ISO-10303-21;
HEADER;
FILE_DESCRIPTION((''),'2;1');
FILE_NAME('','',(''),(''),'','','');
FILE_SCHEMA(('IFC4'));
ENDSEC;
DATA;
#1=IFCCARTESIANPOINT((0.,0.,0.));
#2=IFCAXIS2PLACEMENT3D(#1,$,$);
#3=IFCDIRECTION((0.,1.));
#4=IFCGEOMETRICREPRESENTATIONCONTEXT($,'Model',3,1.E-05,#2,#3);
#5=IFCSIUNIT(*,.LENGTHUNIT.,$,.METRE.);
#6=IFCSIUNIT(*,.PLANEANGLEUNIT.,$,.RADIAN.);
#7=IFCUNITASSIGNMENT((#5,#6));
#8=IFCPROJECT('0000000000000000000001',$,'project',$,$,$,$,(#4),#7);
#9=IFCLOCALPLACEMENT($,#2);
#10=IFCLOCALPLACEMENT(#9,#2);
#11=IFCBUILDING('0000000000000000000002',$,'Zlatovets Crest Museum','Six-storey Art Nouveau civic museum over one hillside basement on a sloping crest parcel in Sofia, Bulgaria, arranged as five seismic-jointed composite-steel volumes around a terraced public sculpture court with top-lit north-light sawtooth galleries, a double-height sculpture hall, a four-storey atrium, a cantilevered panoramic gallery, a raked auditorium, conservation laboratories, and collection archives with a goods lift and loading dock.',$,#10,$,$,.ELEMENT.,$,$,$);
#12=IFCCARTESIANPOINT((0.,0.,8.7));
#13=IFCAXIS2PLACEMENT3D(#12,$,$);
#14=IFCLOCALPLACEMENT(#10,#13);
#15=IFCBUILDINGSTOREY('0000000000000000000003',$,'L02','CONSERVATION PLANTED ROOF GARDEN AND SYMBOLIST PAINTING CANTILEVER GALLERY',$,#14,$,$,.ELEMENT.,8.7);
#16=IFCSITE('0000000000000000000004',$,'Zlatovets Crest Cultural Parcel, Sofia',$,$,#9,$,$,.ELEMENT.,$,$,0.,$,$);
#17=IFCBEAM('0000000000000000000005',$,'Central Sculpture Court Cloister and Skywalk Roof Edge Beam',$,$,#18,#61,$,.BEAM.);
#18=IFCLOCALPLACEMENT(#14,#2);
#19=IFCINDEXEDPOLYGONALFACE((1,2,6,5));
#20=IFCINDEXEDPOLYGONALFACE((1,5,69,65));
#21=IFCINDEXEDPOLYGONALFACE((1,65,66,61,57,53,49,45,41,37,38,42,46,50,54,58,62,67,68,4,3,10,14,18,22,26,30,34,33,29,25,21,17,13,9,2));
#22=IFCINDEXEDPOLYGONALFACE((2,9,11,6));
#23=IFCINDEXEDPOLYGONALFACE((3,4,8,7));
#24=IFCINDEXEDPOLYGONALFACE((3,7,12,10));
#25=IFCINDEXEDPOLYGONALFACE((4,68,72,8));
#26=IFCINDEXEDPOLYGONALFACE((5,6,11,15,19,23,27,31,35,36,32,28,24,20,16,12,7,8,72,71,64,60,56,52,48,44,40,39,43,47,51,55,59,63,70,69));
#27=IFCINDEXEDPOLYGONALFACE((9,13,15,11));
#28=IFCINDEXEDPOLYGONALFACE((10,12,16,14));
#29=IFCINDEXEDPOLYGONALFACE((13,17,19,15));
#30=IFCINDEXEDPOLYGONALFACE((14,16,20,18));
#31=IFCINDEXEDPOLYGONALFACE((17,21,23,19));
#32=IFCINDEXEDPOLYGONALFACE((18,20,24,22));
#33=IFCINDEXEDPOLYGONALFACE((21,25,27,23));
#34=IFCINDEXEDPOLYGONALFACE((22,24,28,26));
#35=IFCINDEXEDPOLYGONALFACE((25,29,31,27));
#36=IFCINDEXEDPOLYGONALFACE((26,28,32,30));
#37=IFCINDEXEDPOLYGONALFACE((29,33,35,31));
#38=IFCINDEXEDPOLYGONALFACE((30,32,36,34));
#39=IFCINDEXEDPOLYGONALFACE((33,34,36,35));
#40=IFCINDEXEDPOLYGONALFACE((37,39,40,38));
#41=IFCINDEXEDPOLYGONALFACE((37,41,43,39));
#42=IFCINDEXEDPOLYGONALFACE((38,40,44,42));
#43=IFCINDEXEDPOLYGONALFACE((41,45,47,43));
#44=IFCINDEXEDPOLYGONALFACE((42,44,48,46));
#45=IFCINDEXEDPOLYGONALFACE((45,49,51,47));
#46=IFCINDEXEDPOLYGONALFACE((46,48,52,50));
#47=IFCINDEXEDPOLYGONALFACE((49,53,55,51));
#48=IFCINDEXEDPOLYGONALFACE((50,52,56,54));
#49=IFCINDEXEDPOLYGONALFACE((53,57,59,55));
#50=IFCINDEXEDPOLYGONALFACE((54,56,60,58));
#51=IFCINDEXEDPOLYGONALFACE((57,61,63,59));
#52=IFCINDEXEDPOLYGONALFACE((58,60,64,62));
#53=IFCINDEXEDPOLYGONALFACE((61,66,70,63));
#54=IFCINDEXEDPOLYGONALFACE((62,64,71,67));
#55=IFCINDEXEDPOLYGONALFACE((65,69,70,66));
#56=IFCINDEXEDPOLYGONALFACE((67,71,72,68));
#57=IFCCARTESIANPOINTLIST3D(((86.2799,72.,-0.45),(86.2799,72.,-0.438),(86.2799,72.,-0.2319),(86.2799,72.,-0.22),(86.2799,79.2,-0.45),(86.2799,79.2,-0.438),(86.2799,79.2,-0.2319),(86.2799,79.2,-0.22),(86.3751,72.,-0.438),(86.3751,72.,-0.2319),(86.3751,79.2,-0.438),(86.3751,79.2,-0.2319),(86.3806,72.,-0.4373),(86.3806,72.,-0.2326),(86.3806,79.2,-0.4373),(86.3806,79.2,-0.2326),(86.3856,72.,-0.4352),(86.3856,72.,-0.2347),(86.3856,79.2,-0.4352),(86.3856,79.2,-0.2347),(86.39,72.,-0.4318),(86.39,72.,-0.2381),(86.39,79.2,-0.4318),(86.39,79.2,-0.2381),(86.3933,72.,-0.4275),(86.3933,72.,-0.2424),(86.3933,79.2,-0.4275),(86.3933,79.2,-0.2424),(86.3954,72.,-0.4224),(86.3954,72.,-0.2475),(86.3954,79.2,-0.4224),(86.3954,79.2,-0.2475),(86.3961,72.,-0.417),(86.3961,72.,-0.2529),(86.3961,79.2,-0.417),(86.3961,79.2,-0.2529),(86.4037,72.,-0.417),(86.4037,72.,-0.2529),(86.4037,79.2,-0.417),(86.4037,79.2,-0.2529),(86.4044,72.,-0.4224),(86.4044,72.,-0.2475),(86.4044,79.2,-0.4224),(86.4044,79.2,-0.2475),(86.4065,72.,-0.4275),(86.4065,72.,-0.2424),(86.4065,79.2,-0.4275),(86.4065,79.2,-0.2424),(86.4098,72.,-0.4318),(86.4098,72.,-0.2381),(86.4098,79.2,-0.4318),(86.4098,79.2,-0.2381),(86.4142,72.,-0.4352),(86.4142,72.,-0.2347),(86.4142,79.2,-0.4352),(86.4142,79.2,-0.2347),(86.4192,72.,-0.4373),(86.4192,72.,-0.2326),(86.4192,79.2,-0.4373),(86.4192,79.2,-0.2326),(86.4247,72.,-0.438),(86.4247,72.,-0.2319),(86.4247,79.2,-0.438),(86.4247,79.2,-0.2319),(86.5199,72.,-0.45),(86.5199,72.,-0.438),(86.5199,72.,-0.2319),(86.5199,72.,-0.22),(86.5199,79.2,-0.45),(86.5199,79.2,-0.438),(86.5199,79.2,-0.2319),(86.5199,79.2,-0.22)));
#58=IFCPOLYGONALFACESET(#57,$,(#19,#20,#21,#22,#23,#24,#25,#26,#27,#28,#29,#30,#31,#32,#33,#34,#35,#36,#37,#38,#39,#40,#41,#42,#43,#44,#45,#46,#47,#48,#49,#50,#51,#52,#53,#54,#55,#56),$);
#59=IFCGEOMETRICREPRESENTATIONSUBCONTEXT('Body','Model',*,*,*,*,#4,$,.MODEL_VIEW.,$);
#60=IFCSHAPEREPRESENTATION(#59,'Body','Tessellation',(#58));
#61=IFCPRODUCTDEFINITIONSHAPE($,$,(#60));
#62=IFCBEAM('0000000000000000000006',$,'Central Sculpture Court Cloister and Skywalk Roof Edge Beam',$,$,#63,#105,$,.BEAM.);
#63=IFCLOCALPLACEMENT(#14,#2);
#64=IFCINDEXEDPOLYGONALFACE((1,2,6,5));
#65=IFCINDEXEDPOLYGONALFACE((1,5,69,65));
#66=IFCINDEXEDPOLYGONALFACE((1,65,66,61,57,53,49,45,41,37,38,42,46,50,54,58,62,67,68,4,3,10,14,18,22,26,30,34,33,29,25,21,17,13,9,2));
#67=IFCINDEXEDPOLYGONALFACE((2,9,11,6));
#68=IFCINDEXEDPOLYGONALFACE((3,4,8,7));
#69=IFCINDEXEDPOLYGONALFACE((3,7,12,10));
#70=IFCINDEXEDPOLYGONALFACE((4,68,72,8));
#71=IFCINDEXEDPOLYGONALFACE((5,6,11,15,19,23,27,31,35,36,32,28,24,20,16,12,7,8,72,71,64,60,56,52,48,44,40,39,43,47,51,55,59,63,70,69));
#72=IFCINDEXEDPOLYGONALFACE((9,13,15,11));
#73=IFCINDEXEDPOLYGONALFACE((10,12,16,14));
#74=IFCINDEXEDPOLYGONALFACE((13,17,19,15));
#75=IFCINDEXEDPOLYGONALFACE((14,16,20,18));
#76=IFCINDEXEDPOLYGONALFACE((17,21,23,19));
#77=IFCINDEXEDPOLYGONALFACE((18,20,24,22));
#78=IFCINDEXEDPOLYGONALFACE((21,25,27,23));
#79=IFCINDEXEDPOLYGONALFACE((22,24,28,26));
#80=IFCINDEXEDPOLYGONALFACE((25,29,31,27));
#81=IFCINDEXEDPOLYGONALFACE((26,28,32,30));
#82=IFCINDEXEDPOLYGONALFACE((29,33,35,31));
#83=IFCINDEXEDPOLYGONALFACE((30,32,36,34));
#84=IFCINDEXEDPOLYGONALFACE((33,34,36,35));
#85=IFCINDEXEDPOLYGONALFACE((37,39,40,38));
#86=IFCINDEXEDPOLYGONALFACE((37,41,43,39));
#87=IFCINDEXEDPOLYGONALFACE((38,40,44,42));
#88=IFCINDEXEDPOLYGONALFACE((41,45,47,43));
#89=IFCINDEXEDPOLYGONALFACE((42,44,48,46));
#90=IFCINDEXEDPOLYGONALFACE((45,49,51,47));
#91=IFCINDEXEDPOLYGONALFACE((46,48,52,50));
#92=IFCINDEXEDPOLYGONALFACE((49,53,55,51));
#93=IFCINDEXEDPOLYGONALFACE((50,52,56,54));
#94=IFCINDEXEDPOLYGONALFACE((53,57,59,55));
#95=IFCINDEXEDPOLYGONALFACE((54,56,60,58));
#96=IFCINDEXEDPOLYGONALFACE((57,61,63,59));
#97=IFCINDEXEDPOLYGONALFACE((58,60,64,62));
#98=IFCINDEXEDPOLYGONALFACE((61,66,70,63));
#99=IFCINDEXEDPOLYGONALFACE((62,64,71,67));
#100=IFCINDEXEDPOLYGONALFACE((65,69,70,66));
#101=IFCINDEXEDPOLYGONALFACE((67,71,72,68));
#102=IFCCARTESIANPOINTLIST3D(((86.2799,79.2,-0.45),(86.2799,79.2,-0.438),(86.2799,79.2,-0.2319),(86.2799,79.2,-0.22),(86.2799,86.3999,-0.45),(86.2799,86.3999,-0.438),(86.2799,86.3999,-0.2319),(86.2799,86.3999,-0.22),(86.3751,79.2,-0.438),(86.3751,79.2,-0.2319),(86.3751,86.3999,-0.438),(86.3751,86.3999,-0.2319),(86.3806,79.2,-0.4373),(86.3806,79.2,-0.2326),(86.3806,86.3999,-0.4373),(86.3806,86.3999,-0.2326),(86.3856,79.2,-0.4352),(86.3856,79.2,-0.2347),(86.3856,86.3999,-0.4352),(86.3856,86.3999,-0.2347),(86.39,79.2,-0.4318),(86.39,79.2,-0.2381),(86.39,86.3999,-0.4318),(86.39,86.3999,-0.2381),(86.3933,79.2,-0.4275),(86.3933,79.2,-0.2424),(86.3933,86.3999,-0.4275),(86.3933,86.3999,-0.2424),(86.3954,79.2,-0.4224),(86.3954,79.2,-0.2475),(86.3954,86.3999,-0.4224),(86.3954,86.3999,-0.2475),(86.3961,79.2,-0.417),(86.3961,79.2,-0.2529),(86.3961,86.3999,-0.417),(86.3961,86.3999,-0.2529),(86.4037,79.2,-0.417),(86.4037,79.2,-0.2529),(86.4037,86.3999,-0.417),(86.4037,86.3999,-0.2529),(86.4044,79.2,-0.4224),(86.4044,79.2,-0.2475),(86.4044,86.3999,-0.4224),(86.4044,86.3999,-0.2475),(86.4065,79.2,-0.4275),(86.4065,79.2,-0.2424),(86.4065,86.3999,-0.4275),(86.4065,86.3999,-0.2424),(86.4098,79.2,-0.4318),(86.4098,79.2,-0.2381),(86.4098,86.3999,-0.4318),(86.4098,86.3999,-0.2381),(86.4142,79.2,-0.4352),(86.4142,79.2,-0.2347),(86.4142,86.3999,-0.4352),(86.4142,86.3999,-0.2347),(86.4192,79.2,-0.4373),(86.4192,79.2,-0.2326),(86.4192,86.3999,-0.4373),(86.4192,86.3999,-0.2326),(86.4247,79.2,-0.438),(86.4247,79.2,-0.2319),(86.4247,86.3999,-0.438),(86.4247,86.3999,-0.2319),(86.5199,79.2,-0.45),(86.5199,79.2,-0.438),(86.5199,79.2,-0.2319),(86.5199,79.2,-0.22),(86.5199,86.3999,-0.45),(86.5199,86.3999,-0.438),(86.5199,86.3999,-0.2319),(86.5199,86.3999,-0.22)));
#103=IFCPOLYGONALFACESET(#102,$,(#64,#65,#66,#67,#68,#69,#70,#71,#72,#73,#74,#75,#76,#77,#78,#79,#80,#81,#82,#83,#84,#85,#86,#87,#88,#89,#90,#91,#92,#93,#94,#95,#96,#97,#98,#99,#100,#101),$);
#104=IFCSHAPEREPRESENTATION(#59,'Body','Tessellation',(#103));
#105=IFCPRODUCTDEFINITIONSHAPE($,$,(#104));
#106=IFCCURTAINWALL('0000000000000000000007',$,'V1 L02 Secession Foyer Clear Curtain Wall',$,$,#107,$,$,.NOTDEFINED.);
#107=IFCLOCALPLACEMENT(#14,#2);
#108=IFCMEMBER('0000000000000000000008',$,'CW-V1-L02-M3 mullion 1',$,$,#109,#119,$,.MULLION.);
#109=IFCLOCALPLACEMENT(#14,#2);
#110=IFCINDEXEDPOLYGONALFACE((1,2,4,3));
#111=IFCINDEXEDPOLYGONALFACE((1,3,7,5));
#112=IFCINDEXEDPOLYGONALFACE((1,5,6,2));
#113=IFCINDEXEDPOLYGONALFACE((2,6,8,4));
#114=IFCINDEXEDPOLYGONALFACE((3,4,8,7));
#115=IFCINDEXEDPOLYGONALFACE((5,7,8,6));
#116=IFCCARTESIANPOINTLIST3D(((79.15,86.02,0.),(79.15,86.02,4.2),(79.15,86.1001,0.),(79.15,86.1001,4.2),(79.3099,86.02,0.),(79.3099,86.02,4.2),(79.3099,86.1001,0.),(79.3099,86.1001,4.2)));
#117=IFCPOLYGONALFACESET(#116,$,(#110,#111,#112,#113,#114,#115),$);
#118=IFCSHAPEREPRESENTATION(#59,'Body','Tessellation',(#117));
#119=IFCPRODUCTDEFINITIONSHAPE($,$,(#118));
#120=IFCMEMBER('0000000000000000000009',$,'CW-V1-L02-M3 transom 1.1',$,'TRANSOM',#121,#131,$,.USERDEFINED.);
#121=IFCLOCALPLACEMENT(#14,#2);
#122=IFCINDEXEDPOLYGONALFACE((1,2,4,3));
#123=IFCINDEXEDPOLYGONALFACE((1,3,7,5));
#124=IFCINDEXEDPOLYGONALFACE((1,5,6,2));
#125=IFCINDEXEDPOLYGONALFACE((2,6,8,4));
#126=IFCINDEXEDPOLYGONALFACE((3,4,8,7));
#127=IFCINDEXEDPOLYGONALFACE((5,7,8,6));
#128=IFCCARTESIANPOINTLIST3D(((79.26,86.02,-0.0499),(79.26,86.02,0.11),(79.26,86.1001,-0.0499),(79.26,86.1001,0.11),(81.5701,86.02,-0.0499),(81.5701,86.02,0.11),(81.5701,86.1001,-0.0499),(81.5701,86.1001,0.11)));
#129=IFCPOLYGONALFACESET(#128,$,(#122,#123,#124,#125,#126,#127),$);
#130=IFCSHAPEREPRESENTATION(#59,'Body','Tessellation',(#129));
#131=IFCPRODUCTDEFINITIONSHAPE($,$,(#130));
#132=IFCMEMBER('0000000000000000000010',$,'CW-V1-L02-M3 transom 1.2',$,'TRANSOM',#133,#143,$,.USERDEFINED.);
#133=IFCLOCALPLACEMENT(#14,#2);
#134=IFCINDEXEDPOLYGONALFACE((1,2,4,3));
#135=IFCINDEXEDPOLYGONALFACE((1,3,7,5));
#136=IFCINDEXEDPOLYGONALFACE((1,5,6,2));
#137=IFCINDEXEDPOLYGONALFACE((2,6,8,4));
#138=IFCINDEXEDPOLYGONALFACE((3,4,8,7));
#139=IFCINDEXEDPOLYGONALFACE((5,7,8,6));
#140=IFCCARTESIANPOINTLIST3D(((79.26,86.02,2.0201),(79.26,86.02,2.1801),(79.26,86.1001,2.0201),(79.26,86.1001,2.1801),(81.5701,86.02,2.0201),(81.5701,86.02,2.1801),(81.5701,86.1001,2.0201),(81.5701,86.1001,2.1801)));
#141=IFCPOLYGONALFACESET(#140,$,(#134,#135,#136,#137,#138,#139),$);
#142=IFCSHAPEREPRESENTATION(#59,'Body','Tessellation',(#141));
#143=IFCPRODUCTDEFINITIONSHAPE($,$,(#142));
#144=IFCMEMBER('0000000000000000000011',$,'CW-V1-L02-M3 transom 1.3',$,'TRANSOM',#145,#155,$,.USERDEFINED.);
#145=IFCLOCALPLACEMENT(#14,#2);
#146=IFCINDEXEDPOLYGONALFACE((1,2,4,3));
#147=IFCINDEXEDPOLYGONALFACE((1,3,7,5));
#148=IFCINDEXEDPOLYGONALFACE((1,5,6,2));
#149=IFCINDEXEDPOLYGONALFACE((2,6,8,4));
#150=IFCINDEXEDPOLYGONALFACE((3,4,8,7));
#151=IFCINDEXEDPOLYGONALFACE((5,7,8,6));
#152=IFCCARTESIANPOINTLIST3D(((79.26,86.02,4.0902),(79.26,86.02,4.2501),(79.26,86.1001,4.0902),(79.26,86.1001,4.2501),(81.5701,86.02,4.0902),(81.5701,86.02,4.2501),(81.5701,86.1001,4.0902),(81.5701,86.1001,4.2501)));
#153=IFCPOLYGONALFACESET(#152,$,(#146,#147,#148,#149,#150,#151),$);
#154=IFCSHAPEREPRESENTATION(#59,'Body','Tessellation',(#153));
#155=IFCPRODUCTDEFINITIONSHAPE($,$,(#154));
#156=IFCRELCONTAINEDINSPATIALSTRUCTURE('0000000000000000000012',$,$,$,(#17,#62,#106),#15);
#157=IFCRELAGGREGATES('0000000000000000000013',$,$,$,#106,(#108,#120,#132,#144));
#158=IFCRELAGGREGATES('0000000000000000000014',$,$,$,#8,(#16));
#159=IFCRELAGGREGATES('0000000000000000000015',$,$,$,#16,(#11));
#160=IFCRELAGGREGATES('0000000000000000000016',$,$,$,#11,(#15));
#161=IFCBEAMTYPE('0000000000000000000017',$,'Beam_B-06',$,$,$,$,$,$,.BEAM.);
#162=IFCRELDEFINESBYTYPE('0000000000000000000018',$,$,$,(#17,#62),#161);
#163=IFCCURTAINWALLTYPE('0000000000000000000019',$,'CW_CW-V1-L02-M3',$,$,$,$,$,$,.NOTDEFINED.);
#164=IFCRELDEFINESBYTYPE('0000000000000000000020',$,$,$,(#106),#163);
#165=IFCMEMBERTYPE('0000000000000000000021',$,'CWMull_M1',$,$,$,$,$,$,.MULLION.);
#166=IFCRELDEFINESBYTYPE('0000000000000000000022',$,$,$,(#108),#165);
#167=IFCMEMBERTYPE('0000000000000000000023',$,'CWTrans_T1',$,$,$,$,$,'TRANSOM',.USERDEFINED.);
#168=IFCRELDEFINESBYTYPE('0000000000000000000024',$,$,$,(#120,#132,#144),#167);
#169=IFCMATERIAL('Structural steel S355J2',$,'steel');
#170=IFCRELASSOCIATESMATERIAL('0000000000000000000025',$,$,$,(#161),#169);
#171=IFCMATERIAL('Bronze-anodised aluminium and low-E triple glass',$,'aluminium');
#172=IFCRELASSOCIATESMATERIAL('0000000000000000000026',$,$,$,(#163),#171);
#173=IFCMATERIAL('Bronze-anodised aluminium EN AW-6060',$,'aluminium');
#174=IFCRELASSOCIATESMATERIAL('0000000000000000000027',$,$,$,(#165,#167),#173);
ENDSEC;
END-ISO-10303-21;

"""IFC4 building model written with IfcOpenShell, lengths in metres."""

from ifc_helpers import new_model, si_unit, direction, frame, origin, origin_2d, place, context, subcontext, project, spatial, rectangle, i_section, extrude, material, material_profile, profile_set, type_object, element, aggregate, save


model = new_model("IFC4")

# Units and contexts
model_context = context("Model", 3, precision=1e-05, world=origin(), true_north=direction((0.0, 1.0)))
body_context = subcontext(model_context, "Body", "Model", "MODEL_VIEW")
ifc_project = project(units=[si_unit("LENGTHUNIT", "METRE"), si_unit("PLANEANGLEUNIT", "RADIAN")], contexts=[model_context])

# Site, building, storey
site_placement = place(None, origin())
site = spatial("IfcSite", under=ifc_project, at=site_placement, Name="Zlatovets Crest Cultural Parcel, Sofia", CompositionType="ELEMENT", RefElevation=0.0)
building_placement = place(site_placement, origin())
building = spatial("IfcBuilding", under=site, at=building_placement, Name="Zlatovets Crest Museum", Description="Six-storey Art Nouveau civic museum over one hillside basement on a sloping crest parcel in Sofia, Bulgaria, arranged as five seismic-jointed composite-steel volumes around a terraced public sculpture court with top-lit north-light sawtooth galleries, a double-height sculpture hall, a four-storey atrium, a cantilevered panoramic gallery, a raked auditorium, conservation laboratories, and collection archives with a goods lift and loading dock.", CompositionType="ELEMENT")
storey_placement = place(building_placement, frame((0.0, 0.0, 8.7)))
storey = spatial("IfcBuildingStorey", under=building, at=storey_placement, Name="L02", Description="CONSERVATION PLANTED ROOF GARDEN AND SYMBOLIST PAINTING CANTILEVER GALLERY", CompositionType="ELEMENT", Elevation=8.7)

# Beams
ifc_material_1 = material(Name="Structural steel S355J2", Category="steel")
ifc_material_profile_1 = material_profile(ifc_material_1, i_section(OverallWidth=0.24, OverallDepth=0.23, WebThickness=0.0076, FlangeThickness=0.012, FilletRadius=0.021, at=origin_2d()), Name="HEA 240")
ifc_profile_set_1 = profile_set([ifc_material_profile_1], Name="Structural steel S355J2")
beam_type = type_object("IfcBeamType", Name="Beam_B-06", PredefinedType="BEAM", material=ifc_profile_set_1)
for number, where, z_axis, x_axis, name in (
    (1, (86.3999, 72.0, -0.335), (0.0, 1.0, 0.0), (-1.0, 0.0, 0.0), "Central Sculpture Court Cloister and Skywalk Roof Edge Beam"),
    (2, (86.3999, 79.2, -0.335), (0.0, 1.0, 0.0), (-1.0, 0.0, 0.0), "Central Sculpture Court Cloister and Skywalk Roof Edge Beam"),
):
    element("IfcBeam", number, at=place(storey_placement, frame(where, z_axis=z_axis, x_axis=x_axis)), inside=storey, type_object=beam_type, Name=name, PredefinedType="BEAM", context=body_context, shape_type="SweptSolid", body=[
        extrude(i_section(OverallWidth=0.24, OverallDepth=0.23, WebThickness=0.0076, FlangeThickness=0.012, FilletRadius=0.021, at=origin_2d()), origin(), (0.0, 0.0, 1.0), 7.2),
    ])

# Curtain wall, members
ifc_material_2 = material(Name="Bronze-anodised aluminium and low-E triple glass", Category="aluminium")
curtain_wall_type = type_object("IfcCurtainWallType", Name="CW_CW-V1-L02-M3", PredefinedType="NOTDEFINED", material=ifc_material_2)
curtain_wall_placement = place(storey_placement, origin())
curtain_wall = element("IfcCurtainWall", 3, at=curtain_wall_placement, inside=storey, type_object=curtain_wall_type, Name="V1 L02 Secession Foyer Clear Curtain Wall", PredefinedType="NOTDEFINED")
ifc_material_3 = material(Name="Bronze-anodised aluminium EN AW-6060", Category="aluminium")
ifc_material_profile_2 = material_profile(ifc_material_3, rectangle(XDim=0.0801, YDim=0.1599, at=origin_2d()), Name="ALU 80x160")
ifc_profile_set_2 = profile_set([ifc_material_profile_2], Name="Bronze-anodised aluminium EN AW-6060")
member_type_1 = type_object("IfcMemberType", Name="CWMull_M1", PredefinedType="MULLION", material=ifc_profile_set_2)
member_1_placement = place(storey_placement, frame((79.23, 86.0601, 0.0), z_axis=(0.0, 0.0, 1.0), x_axis=(0.0, 1.0, 0.0)))
member_1 = element("IfcMember", 4, at=member_1_placement, type_object=member_type_1, Name="CW-V1-L02-M3 mullion 1", PredefinedType="MULLION", context=body_context, shape_type="SweptSolid", body=[
    extrude(rectangle(XDim=0.0801, YDim=0.1599, at=origin_2d()), origin(), (0.0, 0.0, 1.0), 4.2),
])
ifc_material_profile_3 = material_profile(ifc_material_3, rectangle(XDim=0.0801, YDim=0.1599, at=origin_2d()), Name="ALU 80x160")
ifc_profile_set_3 = profile_set([ifc_material_profile_3], Name="Bronze-anodised aluminium EN AW-6060")
member_type_2 = type_object("IfcMemberType", Name="CWTrans_T1", ElementType="TRANSOM", PredefinedType="USERDEFINED", material=ifc_profile_set_3)
member_2_placement = place(storey_placement, frame((79.26, 86.0601, 0.03), z_axis=(1.0, 0.0, 0.0), x_axis=(0.0, 1.0, 0.0)))
member_2 = element("IfcMember", 5, at=member_2_placement, type_object=member_type_2, Name="CW-V1-L02-M3 transom 1.1", ObjectType="TRANSOM", PredefinedType="USERDEFINED", context=body_context, shape_type="SweptSolid", body=[
    extrude(rectangle(XDim=0.0801, YDim=0.1599, at=origin_2d()), origin(), (0.0, 0.0, 1.0), 2.3101),
])
member_3_placement = place(storey_placement, frame((79.26, 86.0601, 2.1001), z_axis=(1.0, 0.0, 0.0), x_axis=(0.0, 1.0, 0.0)))
member_3 = element("IfcMember", 6, at=member_3_placement, type_object=member_type_2, Name="CW-V1-L02-M3 transom 1.2", ObjectType="TRANSOM", PredefinedType="USERDEFINED", context=body_context, shape_type="SweptSolid", body=[
    extrude(rectangle(XDim=0.0801, YDim=0.1599, at=origin_2d()), origin(), (0.0, 0.0, 1.0), 2.3101),
])
member_4_placement = place(storey_placement, frame((79.26, 86.0601, 4.1702), z_axis=(1.0, 0.0, 0.0), x_axis=(0.0, 1.0, 0.0)))
member_4 = element("IfcMember", 7, at=member_4_placement, type_object=member_type_2, Name="CW-V1-L02-M3 transom 1.3", ObjectType="TRANSOM", PredefinedType="USERDEFINED", context=body_context, shape_type="SweptSolid", body=[
    extrude(rectangle(XDim=0.0801, YDim=0.1599, at=origin_2d()), origin(), (0.0, 0.0, 1.0), 2.3101),
])
aggregate(curtain_wall, [member_1, member_2, member_3, member_4])

save(model, "model.ifc")
